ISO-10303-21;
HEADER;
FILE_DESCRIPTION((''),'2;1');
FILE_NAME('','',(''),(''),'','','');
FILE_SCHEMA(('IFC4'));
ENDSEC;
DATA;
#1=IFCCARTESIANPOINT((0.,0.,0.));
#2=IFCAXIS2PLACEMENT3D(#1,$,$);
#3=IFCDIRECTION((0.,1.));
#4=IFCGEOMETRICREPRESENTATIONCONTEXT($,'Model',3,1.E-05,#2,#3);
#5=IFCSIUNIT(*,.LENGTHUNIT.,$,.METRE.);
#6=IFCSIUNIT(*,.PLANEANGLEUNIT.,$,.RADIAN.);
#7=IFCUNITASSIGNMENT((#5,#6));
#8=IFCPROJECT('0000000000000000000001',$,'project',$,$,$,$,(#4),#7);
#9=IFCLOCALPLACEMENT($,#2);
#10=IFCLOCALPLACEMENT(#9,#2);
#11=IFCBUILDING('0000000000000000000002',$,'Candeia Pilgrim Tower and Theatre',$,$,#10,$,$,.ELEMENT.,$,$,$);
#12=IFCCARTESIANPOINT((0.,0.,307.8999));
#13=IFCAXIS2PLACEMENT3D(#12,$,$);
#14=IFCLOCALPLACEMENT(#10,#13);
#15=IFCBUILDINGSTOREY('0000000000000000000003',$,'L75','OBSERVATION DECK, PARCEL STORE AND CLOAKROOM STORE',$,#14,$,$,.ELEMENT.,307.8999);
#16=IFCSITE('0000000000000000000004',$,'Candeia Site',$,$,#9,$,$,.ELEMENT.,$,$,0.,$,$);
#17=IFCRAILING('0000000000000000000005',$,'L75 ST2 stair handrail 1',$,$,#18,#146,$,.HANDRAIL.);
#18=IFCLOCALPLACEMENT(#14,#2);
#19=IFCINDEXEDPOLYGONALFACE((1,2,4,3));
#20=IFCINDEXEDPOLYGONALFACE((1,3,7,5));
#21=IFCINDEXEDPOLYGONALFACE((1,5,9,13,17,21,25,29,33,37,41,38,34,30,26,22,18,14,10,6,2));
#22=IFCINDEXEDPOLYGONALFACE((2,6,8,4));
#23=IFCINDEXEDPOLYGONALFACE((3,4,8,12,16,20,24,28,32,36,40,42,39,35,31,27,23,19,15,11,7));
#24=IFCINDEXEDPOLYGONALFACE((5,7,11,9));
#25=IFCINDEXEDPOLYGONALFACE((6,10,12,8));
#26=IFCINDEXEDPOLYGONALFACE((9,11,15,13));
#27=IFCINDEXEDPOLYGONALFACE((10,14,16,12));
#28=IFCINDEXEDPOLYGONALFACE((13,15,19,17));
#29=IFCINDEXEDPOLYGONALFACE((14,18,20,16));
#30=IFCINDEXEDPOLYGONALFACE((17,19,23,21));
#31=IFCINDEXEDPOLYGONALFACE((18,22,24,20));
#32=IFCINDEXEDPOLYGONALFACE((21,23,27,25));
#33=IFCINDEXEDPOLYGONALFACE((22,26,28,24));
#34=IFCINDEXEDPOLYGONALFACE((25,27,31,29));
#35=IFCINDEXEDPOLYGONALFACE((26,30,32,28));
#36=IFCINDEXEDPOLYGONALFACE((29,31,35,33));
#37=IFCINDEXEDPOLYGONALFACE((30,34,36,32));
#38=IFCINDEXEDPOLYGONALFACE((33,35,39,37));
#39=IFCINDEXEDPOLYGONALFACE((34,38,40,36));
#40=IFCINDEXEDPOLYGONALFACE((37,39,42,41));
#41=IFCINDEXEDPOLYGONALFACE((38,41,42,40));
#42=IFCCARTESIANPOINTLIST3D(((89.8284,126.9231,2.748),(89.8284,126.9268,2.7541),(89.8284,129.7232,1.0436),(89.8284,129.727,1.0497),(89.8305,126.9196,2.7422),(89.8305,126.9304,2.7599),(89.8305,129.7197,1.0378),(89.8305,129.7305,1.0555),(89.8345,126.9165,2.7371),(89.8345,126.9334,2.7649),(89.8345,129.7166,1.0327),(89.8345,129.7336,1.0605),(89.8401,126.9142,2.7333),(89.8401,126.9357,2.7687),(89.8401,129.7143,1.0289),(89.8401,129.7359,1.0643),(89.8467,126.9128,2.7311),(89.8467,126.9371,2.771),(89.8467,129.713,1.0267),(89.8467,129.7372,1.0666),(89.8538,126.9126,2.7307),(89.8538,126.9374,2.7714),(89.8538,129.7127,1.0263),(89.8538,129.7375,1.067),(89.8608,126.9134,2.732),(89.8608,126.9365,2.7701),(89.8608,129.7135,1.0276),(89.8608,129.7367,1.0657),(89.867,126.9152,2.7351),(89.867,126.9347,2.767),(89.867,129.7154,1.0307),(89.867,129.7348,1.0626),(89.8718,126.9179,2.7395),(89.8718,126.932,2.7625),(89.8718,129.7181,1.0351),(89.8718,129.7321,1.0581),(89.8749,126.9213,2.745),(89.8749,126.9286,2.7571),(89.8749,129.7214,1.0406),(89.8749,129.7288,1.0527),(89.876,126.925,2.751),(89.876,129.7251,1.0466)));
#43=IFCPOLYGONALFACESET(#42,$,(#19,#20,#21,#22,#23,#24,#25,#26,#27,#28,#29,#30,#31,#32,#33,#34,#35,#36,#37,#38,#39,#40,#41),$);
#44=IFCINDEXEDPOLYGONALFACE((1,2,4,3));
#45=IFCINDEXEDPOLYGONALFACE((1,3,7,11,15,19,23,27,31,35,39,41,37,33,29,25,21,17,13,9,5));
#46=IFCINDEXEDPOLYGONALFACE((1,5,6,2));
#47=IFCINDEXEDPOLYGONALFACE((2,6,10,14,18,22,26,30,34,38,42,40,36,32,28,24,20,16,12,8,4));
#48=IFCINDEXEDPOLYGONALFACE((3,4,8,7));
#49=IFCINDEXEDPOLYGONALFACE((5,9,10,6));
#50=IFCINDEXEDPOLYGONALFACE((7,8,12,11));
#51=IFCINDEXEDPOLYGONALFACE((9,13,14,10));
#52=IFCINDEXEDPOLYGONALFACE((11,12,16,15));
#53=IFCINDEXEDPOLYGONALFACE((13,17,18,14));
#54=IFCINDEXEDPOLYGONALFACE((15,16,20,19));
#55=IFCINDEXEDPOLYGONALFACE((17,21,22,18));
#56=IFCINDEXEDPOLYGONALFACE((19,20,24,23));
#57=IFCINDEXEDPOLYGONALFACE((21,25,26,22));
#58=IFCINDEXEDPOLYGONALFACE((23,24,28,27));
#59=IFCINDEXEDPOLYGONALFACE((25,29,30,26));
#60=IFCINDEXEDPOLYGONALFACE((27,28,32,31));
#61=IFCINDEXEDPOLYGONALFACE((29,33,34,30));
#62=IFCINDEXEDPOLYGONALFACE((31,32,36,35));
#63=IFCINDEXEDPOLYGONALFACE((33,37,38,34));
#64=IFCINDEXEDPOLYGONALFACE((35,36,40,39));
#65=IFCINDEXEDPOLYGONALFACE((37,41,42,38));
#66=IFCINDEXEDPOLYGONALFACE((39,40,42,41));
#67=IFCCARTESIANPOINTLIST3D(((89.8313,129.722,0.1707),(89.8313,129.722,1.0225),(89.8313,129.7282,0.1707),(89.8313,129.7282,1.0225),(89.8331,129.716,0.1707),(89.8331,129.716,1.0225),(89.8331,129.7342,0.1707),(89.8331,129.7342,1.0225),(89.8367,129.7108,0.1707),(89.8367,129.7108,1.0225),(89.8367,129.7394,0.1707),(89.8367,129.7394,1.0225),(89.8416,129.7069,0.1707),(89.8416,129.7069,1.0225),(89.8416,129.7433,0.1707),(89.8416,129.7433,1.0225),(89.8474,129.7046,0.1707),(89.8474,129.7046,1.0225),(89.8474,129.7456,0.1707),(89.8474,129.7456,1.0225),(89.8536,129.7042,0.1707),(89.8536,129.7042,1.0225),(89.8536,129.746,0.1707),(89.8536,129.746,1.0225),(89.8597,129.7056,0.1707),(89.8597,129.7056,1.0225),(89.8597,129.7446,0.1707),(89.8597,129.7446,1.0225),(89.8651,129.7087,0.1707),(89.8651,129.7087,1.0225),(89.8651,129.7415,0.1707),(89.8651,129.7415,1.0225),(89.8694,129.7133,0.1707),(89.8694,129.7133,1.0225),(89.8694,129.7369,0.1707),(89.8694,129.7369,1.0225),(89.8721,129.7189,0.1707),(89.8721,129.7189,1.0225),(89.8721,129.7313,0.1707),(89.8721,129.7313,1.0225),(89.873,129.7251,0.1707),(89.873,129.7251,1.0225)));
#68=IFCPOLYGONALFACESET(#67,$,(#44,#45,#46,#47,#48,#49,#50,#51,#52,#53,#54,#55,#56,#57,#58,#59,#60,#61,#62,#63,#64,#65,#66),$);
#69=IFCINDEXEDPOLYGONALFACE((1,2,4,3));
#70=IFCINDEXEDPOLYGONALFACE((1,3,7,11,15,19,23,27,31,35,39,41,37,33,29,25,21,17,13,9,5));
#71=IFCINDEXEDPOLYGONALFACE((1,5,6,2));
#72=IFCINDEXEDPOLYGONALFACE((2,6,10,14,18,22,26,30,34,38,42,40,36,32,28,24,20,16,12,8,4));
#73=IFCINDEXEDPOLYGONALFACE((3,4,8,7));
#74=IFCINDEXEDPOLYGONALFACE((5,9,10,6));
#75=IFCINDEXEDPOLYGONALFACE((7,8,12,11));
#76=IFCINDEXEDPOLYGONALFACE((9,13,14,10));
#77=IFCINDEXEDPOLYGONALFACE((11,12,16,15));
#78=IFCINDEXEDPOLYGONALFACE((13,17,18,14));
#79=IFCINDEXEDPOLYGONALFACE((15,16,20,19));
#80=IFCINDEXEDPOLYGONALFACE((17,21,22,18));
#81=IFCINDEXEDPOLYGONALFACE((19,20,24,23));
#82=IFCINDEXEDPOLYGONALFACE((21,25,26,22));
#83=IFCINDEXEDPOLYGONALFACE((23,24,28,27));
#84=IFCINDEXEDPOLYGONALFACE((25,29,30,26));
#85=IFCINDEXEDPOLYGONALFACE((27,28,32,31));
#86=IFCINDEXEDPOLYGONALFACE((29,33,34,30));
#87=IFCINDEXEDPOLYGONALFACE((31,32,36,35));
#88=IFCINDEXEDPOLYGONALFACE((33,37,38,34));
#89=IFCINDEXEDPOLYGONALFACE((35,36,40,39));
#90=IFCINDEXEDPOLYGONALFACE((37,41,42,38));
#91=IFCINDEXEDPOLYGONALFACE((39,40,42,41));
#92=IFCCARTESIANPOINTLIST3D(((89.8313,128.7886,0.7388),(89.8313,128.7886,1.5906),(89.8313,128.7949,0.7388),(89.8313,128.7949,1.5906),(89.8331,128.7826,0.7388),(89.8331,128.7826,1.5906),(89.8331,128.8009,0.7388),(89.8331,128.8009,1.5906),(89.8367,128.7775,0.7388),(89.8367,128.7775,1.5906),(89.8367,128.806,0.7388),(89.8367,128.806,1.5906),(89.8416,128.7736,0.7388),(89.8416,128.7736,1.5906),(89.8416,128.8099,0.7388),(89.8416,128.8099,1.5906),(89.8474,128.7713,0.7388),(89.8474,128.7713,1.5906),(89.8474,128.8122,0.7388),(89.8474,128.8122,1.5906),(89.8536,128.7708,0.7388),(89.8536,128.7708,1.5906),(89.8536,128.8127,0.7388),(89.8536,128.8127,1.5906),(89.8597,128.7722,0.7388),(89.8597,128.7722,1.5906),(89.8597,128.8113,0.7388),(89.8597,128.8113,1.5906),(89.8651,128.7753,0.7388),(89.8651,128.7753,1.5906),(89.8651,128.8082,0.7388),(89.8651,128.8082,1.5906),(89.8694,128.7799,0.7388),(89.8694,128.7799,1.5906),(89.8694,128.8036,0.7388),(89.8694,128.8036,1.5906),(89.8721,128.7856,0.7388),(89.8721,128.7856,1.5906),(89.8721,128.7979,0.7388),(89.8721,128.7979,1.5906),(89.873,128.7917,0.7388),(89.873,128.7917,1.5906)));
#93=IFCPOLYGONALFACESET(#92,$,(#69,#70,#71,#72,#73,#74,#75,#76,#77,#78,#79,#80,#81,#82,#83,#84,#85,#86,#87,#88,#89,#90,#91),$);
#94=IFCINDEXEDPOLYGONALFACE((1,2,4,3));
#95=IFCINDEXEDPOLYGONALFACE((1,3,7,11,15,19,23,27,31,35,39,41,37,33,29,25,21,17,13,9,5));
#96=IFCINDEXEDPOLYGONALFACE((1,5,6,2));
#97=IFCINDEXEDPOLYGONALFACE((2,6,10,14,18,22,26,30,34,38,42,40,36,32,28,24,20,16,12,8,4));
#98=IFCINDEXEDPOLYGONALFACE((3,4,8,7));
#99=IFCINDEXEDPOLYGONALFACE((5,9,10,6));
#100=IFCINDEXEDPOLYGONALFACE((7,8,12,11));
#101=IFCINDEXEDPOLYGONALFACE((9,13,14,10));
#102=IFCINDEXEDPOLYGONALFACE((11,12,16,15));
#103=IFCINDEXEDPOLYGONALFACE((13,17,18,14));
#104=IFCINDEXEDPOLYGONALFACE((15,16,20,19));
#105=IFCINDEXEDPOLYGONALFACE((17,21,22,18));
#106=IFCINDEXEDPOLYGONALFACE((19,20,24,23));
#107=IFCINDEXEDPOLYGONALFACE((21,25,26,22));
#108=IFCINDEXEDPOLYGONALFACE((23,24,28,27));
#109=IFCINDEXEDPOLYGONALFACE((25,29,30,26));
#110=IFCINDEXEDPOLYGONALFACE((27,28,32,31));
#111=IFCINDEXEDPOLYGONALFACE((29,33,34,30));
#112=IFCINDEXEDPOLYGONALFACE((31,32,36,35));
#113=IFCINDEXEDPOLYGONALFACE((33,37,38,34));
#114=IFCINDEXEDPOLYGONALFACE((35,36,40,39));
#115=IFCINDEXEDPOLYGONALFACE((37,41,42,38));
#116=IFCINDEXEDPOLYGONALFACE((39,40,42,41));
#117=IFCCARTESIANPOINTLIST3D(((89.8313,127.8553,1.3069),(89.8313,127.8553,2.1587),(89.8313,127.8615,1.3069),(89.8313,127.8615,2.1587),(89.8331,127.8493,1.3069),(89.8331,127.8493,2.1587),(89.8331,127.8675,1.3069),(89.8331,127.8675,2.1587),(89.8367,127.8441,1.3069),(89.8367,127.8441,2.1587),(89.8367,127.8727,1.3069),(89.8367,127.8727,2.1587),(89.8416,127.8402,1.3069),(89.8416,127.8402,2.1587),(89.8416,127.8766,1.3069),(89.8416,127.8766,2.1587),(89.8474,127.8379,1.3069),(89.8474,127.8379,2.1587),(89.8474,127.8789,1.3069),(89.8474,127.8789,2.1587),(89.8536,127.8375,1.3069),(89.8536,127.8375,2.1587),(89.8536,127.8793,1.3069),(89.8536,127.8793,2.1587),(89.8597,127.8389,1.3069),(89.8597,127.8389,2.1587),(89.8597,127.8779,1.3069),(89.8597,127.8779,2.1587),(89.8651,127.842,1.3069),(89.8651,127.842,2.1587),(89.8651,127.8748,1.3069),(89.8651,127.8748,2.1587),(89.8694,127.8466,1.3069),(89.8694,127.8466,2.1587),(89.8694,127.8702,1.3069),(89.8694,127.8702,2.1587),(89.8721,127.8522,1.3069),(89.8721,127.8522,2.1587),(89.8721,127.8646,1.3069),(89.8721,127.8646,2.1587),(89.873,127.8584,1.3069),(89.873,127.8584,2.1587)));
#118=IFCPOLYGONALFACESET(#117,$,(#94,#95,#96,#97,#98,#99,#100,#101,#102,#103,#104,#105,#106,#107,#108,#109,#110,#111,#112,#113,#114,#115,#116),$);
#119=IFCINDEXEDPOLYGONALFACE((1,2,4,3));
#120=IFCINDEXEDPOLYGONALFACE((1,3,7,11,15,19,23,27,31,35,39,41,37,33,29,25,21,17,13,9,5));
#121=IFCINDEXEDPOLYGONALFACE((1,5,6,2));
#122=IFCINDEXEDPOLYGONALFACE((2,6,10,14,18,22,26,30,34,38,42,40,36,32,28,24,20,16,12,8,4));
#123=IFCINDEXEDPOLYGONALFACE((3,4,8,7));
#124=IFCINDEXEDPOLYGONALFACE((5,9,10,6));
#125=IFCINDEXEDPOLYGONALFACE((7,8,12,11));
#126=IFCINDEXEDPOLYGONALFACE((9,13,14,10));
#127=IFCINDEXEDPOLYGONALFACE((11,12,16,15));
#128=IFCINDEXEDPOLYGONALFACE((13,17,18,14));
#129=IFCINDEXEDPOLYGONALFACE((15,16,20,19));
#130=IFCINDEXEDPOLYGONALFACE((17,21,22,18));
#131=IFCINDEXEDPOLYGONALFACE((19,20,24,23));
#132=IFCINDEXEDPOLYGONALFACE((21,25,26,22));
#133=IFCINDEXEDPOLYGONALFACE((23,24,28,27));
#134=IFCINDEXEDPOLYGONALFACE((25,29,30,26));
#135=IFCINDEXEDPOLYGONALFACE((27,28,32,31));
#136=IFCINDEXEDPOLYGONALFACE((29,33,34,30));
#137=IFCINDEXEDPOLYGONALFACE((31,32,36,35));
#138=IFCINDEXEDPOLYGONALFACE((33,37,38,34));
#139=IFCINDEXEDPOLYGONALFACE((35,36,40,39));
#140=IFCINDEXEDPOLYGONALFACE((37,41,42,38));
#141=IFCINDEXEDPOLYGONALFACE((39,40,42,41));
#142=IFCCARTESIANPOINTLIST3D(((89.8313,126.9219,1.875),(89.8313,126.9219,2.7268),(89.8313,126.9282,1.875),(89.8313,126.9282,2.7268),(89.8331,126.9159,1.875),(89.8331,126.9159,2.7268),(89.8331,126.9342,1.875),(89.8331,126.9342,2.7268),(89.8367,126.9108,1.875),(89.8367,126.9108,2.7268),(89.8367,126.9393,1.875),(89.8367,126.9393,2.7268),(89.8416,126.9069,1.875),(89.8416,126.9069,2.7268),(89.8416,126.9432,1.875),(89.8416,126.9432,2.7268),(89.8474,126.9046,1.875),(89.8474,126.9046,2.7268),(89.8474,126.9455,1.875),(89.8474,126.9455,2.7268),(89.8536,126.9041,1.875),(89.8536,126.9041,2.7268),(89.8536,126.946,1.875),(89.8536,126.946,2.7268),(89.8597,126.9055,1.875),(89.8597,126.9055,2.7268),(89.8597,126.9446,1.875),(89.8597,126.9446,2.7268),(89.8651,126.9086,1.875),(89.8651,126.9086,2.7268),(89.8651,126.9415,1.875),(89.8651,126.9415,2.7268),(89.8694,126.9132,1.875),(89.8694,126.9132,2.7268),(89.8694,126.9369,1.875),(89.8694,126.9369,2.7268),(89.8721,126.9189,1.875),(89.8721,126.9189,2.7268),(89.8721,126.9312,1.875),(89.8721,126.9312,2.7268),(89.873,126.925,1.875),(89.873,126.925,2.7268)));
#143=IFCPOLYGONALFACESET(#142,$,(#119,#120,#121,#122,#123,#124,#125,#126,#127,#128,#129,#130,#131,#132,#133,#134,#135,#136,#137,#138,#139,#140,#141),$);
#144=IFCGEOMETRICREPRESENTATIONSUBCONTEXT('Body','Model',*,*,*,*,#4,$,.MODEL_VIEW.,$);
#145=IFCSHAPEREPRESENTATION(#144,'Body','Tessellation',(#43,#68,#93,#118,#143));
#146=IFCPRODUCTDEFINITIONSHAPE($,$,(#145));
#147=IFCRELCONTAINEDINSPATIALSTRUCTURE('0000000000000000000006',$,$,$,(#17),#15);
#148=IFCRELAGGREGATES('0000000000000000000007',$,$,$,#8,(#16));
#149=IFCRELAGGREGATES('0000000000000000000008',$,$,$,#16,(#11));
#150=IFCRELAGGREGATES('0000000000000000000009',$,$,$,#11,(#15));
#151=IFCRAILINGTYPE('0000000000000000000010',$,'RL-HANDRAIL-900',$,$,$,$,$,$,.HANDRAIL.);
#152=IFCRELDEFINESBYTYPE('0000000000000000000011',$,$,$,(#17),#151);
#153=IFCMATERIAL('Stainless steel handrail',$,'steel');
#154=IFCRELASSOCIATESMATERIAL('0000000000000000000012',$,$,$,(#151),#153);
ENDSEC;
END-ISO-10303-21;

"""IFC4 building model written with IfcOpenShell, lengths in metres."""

from ifc_helpers import new_model, si_unit, direction, frame, origin, origin_2d, place, context, subcontext, project, spatial, circle, extrude, material, type_object, element, save


model = new_model("IFC4")

# Units and contexts
model_context = context("Model", 3, precision=1e-05, world=origin(), true_north=direction((0.0, 1.0)))
body_context = subcontext(model_context, "Body", "Model", "MODEL_VIEW")
ifc_project = project(units=[si_unit("LENGTHUNIT", "METRE"), si_unit("PLANEANGLEUNIT", "RADIAN")], contexts=[model_context])

# Site, building, storey
site_placement = place(None, origin())
site = spatial("IfcSite", under=ifc_project, at=site_placement, Name="Candeia Site", CompositionType="ELEMENT", RefElevation=0.0)
building_placement = place(site_placement, origin())
building = spatial("IfcBuilding", under=site, at=building_placement, Name="Candeia Pilgrim Tower and Theatre", CompositionType="ELEMENT")
storey_placement = place(building_placement, frame((0.0, 0.0, 307.8999)))
storey = spatial("IfcBuildingStorey", under=building, at=storey_placement, Name="L75", Description="OBSERVATION DECK, PARCEL STORE AND CLOAKROOM STORE", CompositionType="ELEMENT", Elevation=307.8999)

# Railing
ifc_material_1 = material(Name="Stainless steel handrail", Category="steel")
railing_type_1 = type_object("IfcRailingType", Name="RL-HANDRAIL-900", PredefinedType="HANDRAIL", material=ifc_material_1)
for number, where, name in (
    (1, (89.8521, 129.7251, 0.1707), "L75 ST2 stair handrail 1"),
):
    element("IfcRailing", number, at=place(storey_placement, frame(where)), inside=storey, type_object=railing_type_1, Name=name, PredefinedType="HANDRAIL", context=body_context, shape_type="SweptSolid", body=[
        extrude(circle(Radius=0.0239, at=origin_2d()), frame((0.0, 0.0, 0.876), z_axis=(0.0, -0.854203, 0.51994), x_axis=(1.0, 0.0, 0.0)), (0.0, 0.0, 1.0), 3.2781),
        extrude(circle(Radius=0.021, at=origin_2d()), origin(), (0.0, 0.0, 1.0), 0.8518),
        extrude(circle(Radius=0.021, at=origin_2d()), frame((0.0, -0.9333, 0.5681)), (0.0, 0.0, 1.0), 0.8518),
        extrude(circle(Radius=0.021, at=origin_2d()), frame((0.0, -1.8667, 1.1362)), (0.0, 0.0, 1.0), 0.8518),
        extrude(circle(Radius=0.021, at=origin_2d()), frame((0.0, -2.8, 1.7043)), (0.0, 0.0, 1.0), 0.8518),
    ])

save(model, "model.ifc")
